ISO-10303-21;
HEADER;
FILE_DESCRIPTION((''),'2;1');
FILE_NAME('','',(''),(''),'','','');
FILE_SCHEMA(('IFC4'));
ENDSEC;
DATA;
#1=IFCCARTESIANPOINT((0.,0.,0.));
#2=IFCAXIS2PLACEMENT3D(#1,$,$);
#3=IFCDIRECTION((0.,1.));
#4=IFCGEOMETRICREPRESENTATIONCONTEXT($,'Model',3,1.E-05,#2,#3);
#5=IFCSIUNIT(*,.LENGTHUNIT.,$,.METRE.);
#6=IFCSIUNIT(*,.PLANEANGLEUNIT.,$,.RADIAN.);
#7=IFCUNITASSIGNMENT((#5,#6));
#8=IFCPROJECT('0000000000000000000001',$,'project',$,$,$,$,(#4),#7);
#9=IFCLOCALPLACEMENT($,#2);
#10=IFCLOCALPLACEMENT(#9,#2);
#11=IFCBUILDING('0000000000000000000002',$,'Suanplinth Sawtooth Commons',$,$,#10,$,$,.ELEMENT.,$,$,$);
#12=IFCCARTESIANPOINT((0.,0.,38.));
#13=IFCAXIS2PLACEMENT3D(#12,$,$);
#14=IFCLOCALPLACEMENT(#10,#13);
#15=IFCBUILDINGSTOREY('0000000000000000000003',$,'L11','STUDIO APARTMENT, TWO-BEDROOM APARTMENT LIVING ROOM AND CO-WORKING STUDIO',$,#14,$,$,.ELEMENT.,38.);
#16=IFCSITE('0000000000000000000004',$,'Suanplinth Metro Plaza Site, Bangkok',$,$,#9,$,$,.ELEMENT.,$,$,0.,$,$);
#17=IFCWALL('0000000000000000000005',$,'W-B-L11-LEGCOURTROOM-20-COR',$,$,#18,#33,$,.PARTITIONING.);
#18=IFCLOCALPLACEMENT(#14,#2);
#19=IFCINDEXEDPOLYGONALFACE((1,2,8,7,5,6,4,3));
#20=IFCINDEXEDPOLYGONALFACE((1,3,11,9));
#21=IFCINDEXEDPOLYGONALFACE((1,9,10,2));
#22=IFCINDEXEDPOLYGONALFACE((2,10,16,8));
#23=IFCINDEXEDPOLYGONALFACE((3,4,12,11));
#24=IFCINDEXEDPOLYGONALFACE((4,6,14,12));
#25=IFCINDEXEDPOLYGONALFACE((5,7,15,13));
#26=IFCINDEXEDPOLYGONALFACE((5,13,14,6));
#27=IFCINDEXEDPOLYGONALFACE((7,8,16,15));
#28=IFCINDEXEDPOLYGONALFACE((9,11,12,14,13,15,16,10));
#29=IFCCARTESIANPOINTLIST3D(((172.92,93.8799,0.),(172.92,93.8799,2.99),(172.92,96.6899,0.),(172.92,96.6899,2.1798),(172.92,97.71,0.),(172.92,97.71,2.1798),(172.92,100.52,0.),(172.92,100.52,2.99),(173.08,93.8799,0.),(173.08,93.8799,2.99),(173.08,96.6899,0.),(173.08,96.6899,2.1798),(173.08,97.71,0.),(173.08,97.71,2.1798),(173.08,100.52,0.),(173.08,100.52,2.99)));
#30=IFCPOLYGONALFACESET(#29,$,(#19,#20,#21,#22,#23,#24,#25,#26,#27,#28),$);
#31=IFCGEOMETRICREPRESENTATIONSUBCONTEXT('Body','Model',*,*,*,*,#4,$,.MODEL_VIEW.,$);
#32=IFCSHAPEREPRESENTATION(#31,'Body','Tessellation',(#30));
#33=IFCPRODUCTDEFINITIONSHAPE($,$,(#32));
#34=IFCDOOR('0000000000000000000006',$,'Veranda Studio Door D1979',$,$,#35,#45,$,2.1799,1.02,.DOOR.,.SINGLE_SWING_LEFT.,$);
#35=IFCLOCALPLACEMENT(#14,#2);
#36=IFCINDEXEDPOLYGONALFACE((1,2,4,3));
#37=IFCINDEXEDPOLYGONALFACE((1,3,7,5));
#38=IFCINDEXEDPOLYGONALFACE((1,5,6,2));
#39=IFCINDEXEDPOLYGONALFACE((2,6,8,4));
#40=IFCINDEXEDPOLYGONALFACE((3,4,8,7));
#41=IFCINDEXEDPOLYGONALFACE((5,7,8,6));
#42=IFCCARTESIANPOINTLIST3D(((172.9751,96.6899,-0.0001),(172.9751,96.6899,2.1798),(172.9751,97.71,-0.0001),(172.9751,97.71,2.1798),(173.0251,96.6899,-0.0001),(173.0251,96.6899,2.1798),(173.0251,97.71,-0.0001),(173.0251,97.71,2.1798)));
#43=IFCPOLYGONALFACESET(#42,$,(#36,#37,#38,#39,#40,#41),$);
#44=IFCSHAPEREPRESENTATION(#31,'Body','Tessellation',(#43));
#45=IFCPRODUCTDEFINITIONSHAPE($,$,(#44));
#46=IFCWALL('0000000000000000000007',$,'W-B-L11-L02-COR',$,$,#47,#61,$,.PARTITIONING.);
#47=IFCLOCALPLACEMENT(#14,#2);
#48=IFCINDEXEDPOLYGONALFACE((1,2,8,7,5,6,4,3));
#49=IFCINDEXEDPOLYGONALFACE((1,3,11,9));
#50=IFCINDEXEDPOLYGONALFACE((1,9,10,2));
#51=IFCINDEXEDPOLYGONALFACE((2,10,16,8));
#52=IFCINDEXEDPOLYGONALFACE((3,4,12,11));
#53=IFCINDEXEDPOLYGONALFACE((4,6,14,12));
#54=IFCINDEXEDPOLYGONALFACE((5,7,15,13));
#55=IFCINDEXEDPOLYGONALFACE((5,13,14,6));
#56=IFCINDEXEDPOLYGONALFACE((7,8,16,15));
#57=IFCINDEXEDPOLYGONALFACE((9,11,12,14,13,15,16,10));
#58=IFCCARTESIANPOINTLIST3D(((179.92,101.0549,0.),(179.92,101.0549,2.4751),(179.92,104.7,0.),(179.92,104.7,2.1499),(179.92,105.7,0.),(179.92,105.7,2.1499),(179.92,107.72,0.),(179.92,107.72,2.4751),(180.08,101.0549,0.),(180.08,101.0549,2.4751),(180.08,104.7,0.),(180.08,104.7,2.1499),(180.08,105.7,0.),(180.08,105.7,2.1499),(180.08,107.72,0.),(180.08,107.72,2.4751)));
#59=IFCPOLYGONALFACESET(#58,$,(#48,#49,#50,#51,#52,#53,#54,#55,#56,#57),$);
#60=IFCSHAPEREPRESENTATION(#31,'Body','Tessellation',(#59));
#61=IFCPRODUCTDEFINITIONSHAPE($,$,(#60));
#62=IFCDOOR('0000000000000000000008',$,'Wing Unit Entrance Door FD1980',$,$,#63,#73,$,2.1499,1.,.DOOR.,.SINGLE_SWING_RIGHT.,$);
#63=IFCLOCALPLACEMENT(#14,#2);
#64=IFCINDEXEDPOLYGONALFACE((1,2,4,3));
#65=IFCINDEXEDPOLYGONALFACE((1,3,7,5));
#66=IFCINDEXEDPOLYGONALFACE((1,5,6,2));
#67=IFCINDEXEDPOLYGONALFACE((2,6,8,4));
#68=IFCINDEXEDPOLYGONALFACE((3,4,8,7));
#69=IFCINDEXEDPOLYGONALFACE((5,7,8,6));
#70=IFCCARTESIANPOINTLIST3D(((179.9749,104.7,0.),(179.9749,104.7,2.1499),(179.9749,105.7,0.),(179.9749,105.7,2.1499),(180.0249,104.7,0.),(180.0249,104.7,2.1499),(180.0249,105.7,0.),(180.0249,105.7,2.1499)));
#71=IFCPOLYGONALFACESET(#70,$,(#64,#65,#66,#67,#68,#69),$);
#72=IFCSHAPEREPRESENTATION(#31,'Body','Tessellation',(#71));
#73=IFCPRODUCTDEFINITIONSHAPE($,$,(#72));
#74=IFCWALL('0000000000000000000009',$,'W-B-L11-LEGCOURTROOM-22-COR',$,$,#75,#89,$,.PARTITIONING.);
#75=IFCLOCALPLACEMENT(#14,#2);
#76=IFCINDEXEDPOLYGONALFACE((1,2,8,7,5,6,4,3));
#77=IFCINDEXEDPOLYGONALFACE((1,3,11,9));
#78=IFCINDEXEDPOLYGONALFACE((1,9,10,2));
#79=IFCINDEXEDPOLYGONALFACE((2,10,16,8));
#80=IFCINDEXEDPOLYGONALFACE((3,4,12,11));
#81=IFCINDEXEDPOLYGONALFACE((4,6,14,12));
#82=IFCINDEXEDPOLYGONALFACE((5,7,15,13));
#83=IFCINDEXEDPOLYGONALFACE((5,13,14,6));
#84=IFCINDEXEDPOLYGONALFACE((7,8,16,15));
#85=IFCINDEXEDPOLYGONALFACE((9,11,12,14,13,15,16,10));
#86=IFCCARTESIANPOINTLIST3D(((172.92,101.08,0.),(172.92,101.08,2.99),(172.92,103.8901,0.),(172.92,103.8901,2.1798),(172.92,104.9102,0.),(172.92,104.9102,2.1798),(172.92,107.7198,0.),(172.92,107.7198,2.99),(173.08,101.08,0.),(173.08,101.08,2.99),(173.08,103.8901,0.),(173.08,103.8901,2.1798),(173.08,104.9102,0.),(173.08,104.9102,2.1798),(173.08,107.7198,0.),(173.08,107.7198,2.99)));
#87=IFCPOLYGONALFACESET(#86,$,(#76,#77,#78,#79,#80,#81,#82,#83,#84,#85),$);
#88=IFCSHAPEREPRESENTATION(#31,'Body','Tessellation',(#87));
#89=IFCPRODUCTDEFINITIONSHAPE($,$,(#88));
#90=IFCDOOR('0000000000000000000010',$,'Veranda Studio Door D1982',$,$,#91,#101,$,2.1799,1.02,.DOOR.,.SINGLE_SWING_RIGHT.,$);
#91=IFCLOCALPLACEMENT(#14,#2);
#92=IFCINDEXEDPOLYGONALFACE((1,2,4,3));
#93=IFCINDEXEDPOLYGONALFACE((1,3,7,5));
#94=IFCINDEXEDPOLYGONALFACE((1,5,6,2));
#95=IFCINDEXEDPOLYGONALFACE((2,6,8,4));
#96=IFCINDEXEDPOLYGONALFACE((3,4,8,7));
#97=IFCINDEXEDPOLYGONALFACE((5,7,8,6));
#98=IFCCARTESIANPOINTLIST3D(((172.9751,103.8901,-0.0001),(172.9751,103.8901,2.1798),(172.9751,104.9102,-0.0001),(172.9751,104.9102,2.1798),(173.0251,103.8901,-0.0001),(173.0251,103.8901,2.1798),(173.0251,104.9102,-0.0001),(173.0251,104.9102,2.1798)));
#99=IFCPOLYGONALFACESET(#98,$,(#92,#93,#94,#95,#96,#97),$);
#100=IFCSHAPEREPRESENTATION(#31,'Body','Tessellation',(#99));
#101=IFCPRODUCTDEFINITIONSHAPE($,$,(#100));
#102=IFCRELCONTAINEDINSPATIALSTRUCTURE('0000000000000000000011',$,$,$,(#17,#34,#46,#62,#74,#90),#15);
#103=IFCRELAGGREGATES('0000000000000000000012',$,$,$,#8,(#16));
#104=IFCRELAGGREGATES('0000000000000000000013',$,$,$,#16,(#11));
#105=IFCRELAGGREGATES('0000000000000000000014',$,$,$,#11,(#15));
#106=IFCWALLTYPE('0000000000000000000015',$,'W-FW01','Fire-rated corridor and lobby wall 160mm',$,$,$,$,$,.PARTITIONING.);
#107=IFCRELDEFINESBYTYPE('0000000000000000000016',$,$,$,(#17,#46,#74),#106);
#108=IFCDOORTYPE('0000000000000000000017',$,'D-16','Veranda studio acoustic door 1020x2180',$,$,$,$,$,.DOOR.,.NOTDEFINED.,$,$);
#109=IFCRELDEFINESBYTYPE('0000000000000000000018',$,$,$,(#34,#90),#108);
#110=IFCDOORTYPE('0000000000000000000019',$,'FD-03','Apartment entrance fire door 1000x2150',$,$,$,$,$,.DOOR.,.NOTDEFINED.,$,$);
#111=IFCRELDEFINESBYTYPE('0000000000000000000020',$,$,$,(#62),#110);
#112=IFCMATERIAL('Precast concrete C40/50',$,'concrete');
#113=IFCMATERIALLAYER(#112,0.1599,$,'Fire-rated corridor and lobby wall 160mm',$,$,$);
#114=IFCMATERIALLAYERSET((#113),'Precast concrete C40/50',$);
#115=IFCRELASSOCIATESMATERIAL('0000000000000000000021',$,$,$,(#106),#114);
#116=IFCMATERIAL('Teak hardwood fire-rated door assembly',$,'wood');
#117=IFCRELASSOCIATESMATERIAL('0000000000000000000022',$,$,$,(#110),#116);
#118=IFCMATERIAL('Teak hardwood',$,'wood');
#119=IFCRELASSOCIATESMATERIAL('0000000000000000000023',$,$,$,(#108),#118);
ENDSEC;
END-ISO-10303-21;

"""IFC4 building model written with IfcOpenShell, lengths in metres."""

from ifc_helpers import new_model, si_unit, direction, frame, frame_2d, origin, place, context, subcontext, project, spatial, rectangle, extrude, material, layer, layer_set, type_object, element, fill, save


model = new_model("IFC4")

# Units and contexts
model_context = context("Model", 3, precision=1e-05, world=origin(), true_north=direction((0.0, 1.0)))
body_context = subcontext(model_context, "Body", "Model", "MODEL_VIEW")
ifc_project = project(units=[si_unit("LENGTHUNIT", "METRE"), si_unit("PLANEANGLEUNIT", "RADIAN")], contexts=[model_context])

# Site, building, storey
site_placement = place(None, origin())
site = spatial("IfcSite", under=ifc_project, at=site_placement, Name="Suanplinth Metro Plaza Site, Bangkok", CompositionType="ELEMENT", RefElevation=0.0)
building_placement = place(site_placement, origin())
building = spatial("IfcBuilding", under=site, at=building_placement, Name="Suanplinth Sawtooth Commons", CompositionType="ELEMENT")
storey_placement = place(building_placement, frame((0.0, 0.0, 38.0)))
storey = spatial("IfcBuildingStorey", under=building, at=storey_placement, Name="L11", Description="STUDIO APARTMENT, TWO-BEDROOM APARTMENT LIVING ROOM AND CO-WORKING STUDIO", CompositionType="ELEMENT", Elevation=38.0)

# Shared definitions
ifc_material_1 = material(Name="Precast concrete C40/50", Category="concrete")

# Walls, openings, doors
ifc_layer_1 = layer(ifc_material_1, 0.1599, Name="Fire-rated corridor and lobby wall 160mm")
ifc_layer_set_1 = layer_set([ifc_layer_1], Name="Precast concrete C40/50")
wall_type_1 = type_object("IfcWallType", Name="W-FW01", Description="Fire-rated corridor and lobby wall 160mm", PredefinedType="PARTITIONING", material=ifc_layer_set_1)
ifc_material_2 = material(Name="Teak hardwood fire-rated door assembly", Category="wood")
door_type_1 = type_object("IfcDoorType", Name="FD-03", Description="Apartment entrance fire door 1000x2150", OperationType="NOTDEFINED", PredefinedType="DOOR", material=ifc_material_2)
wall_1_placement = place(storey_placement, frame((173.0, 93.8799, 0.0), z_axis=(0.0, 0.0, 1.0), x_axis=(0.0, 1.0, 0.0)))
wall_1 = element("IfcWall", 1, at=wall_1_placement, inside=storey, type_object=wall_type_1, Name="W-B-L11-LEGCOURTROOM-20-COR", PredefinedType="PARTITIONING", context=body_context, shape_type="SweptSolid", body=[
    extrude(rectangle(XDim=6.6401, YDim=0.1599, at=frame_2d((3.3201, 0.0))), origin(), (0.0, 0.0, 1.0), 2.99),
])
opening_1_placement = place(wall_1_placement, frame((2.8101, 0.0, 0.0)))
opening_1 = element("IfcOpeningElement", 2, at=opening_1_placement, cuts=wall_1, PredefinedType="OPENING", context=body_context, shape_type="SweptSolid", body=[
    extrude(rectangle(XDim=1.02, YDim=2.1799, at=frame_2d((0.51, 1.0898))), frame((0.0, 0.0947, 0.0), z_axis=(0.0, -1.0, 0.0), x_axis=(1.0, 0.0, 0.0)), (0.0, 0.0, 1.0), 0.1897),
])
ifc_material_3 = material(Name="Teak hardwood", Category="wood")
door_type_2 = type_object("IfcDoorType", Name="D-16", Description="Veranda studio acoustic door 1020x2180", OperationType="NOTDEFINED", PredefinedType="DOOR", material=ifc_material_3)
door_1_placement = place(opening_1_placement, origin())
door_1 = element("IfcDoor", 3, at=door_1_placement, inside=storey, type_object=door_type_2, Name="Veranda Studio Door D1979", OperationType="SINGLE_SWING_LEFT", OverallHeight=2.1799, OverallWidth=1.02, PredefinedType="DOOR", context=body_context, shape_type="SweptSolid", body=[
    extrude(rectangle(XDim=1.02, YDim=2.1799, at=frame_2d((0.51, 1.0898))), frame((0.0, 0.0249, 0.0), z_axis=(0.0, -1.0, 0.0), x_axis=(1.0, 0.0, 0.0)), (0.0, 0.0, 1.0), 0.05),
])
fill(opening_1, door_1)
wall_2_placement = place(storey_placement, frame((180.0, 101.0549, 0.0), z_axis=(0.0, 0.0, 1.0), x_axis=(0.0, 1.0, 0.0)))
wall_2 = element("IfcWall", 4, at=wall_2_placement, inside=storey, type_object=wall_type_1, Name="W-B-L11-L02-COR", PredefinedType="PARTITIONING", context=body_context, shape_type="SweptSolid", body=[
    extrude(rectangle(XDim=6.665, YDim=0.1599, at=frame_2d((3.3325, 0.0))), origin(), (0.0, 0.0, 1.0), 2.4751),
])
opening_2_placement = place(wall_2_placement, frame((3.645, 0.0, 0.0)))
opening_2 = element("IfcOpeningElement", 5, at=opening_2_placement, cuts=wall_2, PredefinedType="OPENING", context=body_context, shape_type="SweptSolid", body=[
    extrude(rectangle(XDim=1.0, YDim=2.1499, at=frame_2d((0.5, 1.075))), frame((0.0, 0.0947, 0.0), z_axis=(0.0, -1.0, 0.0), x_axis=(1.0, 0.0, 0.0)), (0.0, 0.0, 1.0), 0.1897),
])
door_2_placement = place(opening_2_placement, frame((1.0, 0.0, 0.0), z_axis=(0.0, 0.0, 1.0), x_axis=(-1.0, 0.0, 0.0)))
door_2 = element("IfcDoor", 6, at=door_2_placement, inside=storey, type_object=door_type_1, Name="Wing Unit Entrance Door FD1980", OperationType="SINGLE_SWING_RIGHT", OverallHeight=2.1499, OverallWidth=1.0, PredefinedType="DOOR", context=body_context, shape_type="SweptSolid", body=[
    extrude(rectangle(XDim=1.0, YDim=2.1499, at=frame_2d((0.5, 1.075))), frame((0.0, 0.0249, 0.0), z_axis=(0.0, -1.0, 0.0), x_axis=(1.0, 0.0, 0.0)), (0.0, 0.0, 1.0), 0.05),
])
fill(opening_2, door_2)
wall_3_placement = place(storey_placement, frame((173.0, 101.0801, 0.0), z_axis=(0.0, 0.0, 1.0), x_axis=(0.0, 1.0, 0.0)))
wall_3 = element("IfcWall", 7, at=wall_3_placement, inside=storey, type_object=wall_type_1, Name="W-B-L11-LEGCOURTROOM-22-COR", PredefinedType="PARTITIONING", context=body_context, shape_type="SweptSolid", body=[
    extrude(rectangle(XDim=6.6399, YDim=0.1599, at=frame_2d((3.3198, 0.0))), origin(), (0.0, 0.0, 1.0), 2.99),
])
opening_3_placement = place(wall_3_placement, frame((2.8101, 0.0, 0.0)))
opening_3 = element("IfcOpeningElement", 8, at=opening_3_placement, cuts=wall_3, PredefinedType="OPENING", context=body_context, shape_type="SweptSolid", body=[
    extrude(rectangle(XDim=1.02, YDim=2.1799, at=frame_2d((0.51, 1.0898))), frame((0.0, 0.0947, 0.0), z_axis=(0.0, -1.0, 0.0), x_axis=(1.0, 0.0, 0.0)), (0.0, 0.0, 1.0), 0.1897),
])
door_3_placement = place(opening_3_placement, origin())
door_3 = element("IfcDoor", 9, at=door_3_placement, inside=storey, type_object=door_type_2, Name="Veranda Studio Door D1982", OperationType="SINGLE_SWING_RIGHT", OverallHeight=2.1799, OverallWidth=1.02, PredefinedType="DOOR", context=body_context, shape_type="SweptSolid", body=[
    extrude(rectangle(XDim=1.02, YDim=2.1799, at=frame_2d((0.51, 1.0898))), frame((0.0, 0.0249, 0.0), z_axis=(0.0, -1.0, 0.0), x_axis=(1.0, 0.0, 0.0)), (0.0, 0.0, 1.0), 0.05),
])
fill(opening_3, door_3)

save(model, "model.ifc")
